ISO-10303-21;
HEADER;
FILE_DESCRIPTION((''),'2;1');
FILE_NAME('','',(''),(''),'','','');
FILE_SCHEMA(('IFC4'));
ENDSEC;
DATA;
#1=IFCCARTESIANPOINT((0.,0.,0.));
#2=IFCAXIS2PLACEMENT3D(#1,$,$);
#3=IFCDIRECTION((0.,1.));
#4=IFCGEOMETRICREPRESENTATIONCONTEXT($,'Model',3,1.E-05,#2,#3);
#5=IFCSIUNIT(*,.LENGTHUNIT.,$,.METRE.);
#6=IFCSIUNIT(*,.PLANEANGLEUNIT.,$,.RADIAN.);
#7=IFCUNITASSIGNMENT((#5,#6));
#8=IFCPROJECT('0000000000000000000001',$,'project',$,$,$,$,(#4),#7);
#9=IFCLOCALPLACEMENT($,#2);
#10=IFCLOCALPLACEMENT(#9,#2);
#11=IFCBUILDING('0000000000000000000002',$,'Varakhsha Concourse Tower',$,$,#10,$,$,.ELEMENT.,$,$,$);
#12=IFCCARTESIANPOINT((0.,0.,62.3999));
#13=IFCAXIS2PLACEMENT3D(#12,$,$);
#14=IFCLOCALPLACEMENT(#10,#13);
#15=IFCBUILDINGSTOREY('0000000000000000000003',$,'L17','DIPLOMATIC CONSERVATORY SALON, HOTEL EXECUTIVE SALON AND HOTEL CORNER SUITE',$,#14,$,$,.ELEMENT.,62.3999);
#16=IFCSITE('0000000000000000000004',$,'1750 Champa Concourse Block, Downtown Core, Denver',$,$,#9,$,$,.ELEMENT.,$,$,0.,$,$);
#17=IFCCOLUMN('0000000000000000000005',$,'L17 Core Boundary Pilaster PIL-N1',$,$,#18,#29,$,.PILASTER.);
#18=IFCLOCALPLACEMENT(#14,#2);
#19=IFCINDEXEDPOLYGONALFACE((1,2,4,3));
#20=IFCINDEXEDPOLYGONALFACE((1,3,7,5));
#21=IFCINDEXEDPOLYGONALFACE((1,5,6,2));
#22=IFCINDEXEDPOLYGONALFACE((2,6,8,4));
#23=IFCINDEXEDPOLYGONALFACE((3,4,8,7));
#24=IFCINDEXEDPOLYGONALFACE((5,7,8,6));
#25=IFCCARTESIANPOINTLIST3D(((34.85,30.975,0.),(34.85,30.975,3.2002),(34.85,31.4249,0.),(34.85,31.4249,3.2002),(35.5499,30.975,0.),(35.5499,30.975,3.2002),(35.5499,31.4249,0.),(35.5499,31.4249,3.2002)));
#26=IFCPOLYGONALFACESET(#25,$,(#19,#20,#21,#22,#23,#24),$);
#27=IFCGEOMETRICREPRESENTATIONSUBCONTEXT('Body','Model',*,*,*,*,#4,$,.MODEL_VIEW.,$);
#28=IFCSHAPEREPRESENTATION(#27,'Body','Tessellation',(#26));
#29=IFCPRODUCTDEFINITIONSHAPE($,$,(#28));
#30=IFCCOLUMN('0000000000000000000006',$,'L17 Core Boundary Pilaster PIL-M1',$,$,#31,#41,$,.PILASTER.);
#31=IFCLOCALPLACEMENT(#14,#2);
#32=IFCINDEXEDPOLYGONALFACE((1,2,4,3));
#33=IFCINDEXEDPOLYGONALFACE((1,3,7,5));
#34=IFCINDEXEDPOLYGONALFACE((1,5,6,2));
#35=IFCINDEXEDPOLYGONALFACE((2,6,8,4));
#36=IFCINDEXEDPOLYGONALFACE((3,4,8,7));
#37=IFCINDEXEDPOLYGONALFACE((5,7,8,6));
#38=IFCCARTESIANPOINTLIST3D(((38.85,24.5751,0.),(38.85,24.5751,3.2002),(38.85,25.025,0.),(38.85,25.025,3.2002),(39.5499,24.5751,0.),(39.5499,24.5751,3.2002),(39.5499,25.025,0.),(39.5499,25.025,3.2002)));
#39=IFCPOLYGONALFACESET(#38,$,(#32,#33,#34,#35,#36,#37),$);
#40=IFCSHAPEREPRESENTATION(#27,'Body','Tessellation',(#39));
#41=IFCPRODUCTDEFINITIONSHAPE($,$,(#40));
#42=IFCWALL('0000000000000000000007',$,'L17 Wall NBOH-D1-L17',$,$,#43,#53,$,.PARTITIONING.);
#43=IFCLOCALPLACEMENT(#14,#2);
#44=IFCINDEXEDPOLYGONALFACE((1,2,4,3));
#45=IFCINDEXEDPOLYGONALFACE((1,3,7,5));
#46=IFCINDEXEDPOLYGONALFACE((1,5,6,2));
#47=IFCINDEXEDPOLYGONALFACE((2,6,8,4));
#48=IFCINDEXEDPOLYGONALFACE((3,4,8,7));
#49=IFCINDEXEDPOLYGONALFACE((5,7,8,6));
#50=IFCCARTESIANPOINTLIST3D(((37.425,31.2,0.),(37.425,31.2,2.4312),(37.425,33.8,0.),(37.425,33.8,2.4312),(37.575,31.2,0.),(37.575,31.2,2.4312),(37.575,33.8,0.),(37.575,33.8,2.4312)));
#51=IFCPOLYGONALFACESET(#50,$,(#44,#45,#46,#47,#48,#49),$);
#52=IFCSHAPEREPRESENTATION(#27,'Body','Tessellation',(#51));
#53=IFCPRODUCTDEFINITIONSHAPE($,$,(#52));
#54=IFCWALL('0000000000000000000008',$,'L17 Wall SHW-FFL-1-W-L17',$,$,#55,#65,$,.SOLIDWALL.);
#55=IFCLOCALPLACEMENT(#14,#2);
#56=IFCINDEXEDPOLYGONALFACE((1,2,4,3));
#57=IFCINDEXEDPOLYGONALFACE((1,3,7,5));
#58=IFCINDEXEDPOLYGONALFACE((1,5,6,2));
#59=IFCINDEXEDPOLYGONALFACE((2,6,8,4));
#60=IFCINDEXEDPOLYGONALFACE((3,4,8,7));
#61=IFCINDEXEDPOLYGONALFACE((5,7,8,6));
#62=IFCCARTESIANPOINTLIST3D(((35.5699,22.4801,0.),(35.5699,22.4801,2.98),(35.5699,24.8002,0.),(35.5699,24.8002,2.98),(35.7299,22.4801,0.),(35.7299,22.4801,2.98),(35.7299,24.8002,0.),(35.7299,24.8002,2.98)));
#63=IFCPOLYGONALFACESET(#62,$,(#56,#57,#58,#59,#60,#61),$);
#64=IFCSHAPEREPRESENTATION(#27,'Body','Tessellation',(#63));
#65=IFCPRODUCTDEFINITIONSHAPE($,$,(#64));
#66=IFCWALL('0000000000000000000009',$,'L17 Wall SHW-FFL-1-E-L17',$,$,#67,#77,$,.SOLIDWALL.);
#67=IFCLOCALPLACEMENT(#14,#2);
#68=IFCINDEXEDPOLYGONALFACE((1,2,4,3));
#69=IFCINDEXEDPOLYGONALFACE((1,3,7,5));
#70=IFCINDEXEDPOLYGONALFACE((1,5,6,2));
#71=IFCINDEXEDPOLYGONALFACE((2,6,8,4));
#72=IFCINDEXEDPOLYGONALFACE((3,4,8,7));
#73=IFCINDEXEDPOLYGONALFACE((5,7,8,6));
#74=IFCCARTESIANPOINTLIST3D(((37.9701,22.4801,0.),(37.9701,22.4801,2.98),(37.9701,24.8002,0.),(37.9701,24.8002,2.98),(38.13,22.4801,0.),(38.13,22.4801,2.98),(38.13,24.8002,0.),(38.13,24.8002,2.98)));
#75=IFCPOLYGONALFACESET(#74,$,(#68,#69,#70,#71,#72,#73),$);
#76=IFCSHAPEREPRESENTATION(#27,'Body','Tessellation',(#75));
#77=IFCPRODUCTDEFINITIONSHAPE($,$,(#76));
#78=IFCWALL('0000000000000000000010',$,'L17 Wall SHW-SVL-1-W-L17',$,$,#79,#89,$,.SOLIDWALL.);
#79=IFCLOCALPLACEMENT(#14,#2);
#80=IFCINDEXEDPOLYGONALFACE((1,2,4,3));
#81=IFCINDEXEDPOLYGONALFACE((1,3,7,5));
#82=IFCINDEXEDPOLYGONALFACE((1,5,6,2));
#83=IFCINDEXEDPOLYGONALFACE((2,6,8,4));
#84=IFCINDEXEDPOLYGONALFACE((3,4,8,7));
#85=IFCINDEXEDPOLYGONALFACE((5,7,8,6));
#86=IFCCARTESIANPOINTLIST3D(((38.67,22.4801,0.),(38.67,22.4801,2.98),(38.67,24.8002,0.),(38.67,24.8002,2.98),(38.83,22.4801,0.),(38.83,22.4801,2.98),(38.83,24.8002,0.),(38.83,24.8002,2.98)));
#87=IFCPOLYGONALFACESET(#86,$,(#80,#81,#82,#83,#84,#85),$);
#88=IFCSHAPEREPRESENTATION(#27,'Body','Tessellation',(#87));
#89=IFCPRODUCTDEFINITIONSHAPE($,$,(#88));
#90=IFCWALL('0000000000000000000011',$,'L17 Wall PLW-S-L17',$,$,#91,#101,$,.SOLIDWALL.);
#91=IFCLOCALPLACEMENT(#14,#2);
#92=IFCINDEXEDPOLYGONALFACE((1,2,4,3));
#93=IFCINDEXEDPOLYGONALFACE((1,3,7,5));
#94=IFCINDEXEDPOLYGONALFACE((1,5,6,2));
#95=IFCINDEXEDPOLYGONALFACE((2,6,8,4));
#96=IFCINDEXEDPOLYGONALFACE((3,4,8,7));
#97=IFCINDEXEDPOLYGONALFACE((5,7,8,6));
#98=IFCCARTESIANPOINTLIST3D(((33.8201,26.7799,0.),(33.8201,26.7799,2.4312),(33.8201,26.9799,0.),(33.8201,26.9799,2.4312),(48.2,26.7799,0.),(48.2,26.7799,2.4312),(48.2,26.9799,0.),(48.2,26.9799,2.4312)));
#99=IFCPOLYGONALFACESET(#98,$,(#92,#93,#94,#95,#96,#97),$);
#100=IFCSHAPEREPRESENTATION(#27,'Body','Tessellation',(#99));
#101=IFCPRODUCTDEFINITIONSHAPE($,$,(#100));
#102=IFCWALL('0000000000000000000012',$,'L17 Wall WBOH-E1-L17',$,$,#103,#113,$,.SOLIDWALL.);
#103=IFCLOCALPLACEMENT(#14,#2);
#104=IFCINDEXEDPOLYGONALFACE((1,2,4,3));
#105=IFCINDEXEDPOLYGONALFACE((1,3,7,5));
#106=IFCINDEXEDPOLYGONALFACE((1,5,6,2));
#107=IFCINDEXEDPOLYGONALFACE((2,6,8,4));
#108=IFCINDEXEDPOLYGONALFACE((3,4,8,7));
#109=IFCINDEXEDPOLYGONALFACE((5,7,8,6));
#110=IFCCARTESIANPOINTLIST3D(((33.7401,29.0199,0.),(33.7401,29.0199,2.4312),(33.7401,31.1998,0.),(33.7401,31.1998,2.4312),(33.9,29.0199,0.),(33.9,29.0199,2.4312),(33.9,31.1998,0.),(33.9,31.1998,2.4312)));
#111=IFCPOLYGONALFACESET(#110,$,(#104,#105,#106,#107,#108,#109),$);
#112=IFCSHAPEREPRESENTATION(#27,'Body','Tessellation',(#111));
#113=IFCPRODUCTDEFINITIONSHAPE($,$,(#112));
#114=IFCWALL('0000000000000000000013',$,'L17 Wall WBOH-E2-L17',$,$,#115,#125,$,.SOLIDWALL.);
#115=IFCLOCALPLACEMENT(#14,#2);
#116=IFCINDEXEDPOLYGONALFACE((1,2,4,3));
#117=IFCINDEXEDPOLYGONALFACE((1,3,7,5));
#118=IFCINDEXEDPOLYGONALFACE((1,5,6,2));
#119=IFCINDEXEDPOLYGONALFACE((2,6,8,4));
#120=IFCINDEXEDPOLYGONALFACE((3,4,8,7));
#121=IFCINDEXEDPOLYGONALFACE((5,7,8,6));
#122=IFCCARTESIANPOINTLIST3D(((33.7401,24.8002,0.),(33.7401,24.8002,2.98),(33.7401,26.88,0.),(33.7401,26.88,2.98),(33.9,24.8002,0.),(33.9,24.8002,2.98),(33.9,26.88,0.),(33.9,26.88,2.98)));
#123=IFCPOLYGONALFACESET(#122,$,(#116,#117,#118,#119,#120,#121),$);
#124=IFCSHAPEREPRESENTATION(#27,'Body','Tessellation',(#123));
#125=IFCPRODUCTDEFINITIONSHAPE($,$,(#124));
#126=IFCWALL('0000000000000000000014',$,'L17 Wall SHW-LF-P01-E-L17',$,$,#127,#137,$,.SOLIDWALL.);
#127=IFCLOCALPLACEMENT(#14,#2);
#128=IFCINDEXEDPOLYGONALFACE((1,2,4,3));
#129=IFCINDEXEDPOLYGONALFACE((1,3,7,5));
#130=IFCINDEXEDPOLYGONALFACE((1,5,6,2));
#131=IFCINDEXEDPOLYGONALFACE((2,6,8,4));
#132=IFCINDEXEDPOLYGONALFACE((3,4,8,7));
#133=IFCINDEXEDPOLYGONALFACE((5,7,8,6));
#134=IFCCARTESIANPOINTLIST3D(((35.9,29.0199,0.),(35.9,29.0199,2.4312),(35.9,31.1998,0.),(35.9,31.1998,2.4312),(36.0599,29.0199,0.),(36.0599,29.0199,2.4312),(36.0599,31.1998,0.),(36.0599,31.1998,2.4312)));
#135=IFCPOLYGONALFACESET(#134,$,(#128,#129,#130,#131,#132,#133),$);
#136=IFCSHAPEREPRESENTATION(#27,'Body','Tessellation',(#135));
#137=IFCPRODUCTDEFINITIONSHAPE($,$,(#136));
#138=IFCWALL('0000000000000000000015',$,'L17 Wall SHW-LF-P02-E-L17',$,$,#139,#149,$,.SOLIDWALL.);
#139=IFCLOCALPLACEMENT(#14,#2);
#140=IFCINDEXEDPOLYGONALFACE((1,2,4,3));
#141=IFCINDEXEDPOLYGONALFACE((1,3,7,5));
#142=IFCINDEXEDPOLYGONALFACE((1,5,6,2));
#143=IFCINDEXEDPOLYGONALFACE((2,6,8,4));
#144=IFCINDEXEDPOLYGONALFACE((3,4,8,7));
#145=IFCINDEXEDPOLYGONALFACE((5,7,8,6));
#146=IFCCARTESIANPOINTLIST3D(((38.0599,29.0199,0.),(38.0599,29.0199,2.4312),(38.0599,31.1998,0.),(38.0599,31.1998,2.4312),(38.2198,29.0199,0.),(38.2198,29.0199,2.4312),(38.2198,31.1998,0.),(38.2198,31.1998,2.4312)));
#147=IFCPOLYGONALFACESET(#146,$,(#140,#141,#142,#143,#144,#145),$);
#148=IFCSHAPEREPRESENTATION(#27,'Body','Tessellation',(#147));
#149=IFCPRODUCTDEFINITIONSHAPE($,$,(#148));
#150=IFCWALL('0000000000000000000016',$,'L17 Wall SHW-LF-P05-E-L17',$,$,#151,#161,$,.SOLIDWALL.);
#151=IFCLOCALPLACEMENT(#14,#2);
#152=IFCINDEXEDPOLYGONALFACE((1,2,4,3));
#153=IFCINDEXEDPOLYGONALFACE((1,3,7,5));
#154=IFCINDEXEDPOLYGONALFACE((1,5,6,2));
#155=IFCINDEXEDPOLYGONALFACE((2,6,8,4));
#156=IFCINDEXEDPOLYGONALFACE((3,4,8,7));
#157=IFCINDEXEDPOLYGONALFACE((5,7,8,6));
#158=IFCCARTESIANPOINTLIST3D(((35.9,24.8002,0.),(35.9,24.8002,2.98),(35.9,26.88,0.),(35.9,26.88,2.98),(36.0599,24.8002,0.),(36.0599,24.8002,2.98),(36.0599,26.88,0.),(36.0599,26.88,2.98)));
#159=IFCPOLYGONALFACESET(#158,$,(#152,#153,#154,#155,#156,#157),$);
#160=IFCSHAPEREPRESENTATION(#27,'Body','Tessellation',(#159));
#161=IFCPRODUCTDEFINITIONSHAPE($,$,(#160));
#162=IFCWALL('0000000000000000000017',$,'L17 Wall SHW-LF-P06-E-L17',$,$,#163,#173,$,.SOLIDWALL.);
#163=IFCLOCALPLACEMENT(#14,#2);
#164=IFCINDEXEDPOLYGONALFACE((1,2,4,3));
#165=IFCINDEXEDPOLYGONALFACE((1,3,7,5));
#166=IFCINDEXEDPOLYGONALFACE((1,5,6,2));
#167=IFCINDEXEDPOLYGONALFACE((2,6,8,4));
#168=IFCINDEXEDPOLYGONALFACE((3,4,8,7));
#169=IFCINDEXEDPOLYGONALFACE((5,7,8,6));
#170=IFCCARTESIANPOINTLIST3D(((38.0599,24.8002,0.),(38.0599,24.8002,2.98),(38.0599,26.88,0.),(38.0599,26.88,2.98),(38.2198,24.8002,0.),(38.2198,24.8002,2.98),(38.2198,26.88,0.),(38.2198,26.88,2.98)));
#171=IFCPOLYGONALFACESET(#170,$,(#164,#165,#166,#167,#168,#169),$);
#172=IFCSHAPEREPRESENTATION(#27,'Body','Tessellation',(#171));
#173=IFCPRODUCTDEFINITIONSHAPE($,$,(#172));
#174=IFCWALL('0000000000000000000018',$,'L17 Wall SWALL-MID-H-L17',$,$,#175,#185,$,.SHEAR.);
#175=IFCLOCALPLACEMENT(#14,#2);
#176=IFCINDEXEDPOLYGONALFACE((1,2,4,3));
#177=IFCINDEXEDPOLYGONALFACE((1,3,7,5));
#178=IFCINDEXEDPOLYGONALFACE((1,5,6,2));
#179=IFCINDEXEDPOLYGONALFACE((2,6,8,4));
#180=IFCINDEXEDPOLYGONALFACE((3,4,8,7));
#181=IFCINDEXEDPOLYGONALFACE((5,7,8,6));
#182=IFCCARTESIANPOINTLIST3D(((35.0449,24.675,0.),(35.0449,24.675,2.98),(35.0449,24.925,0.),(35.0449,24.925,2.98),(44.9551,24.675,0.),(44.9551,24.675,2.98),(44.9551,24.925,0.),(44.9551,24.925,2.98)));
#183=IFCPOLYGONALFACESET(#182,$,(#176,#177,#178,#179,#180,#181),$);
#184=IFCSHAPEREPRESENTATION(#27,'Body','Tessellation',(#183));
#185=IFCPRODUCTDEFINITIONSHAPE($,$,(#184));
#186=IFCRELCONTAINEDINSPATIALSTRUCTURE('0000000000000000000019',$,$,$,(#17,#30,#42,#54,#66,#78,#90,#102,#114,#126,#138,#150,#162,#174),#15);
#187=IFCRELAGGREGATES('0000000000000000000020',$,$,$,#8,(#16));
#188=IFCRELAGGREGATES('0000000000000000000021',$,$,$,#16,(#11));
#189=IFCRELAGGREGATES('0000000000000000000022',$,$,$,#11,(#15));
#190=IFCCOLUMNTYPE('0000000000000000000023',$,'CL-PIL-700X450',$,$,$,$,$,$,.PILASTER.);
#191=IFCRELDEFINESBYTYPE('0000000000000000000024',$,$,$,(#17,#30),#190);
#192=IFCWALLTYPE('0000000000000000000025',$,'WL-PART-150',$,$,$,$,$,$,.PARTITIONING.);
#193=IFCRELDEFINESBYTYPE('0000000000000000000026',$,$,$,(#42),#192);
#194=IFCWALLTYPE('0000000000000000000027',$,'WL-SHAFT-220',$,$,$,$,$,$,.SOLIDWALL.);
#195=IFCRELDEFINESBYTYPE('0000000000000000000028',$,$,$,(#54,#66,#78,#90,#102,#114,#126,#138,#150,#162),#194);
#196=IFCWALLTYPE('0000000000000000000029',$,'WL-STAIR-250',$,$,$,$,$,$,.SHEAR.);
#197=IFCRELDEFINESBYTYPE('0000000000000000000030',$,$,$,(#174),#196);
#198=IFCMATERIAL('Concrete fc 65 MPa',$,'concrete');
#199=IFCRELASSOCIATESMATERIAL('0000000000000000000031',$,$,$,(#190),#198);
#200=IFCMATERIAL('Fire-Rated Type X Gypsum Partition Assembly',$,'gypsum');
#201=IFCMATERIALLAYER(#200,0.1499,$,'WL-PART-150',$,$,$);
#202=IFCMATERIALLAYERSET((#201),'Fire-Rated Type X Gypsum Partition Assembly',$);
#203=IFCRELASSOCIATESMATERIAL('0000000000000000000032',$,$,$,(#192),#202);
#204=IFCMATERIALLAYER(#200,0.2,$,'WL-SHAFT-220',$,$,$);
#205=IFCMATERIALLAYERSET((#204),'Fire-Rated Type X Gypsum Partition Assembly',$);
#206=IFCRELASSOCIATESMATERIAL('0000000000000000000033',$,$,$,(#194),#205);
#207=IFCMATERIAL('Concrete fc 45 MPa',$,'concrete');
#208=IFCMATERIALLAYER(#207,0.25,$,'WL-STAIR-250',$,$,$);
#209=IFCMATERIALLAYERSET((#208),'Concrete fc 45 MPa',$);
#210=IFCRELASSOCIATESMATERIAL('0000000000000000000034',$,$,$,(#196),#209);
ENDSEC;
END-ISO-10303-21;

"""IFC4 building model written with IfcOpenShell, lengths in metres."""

from ifc_helpers import new_model, si_unit, direction, frame, frame_2d, origin, origin_2d, place, context, subcontext, project, spatial, rectangle, extrude, material, layer, layer_set, material_profile, profile_set, type_object, element, save


model = new_model("IFC4")

# Units and contexts
model_context = context("Model", 3, precision=1e-05, world=origin(), true_north=direction((0.0, 1.0)))
body_context = subcontext(model_context, "Body", "Model", "MODEL_VIEW")
ifc_project = project(units=[si_unit("LENGTHUNIT", "METRE"), si_unit("PLANEANGLEUNIT", "RADIAN")], contexts=[model_context])

# Site, building, storey
site_placement = place(None, origin())
site = spatial("IfcSite", under=ifc_project, at=site_placement, Name="1750 Champa Concourse Block, Downtown Core, Denver", CompositionType="ELEMENT", RefElevation=0.0)
building_placement = place(site_placement, origin())
building = spatial("IfcBuilding", under=site, at=building_placement, Name="Varakhsha Concourse Tower", CompositionType="ELEMENT")
storey_placement = place(building_placement, frame((0.0, 0.0, 62.3999)))
storey = spatial("IfcBuildingStorey", under=building, at=storey_placement, Name="L17", Description="DIPLOMATIC CONSERVATORY SALON, HOTEL EXECUTIVE SALON AND HOTEL CORNER SUITE", CompositionType="ELEMENT", Elevation=62.3999)

# Columns
ifc_material_1 = material(Name="Concrete fc 65 MPa", Category="concrete")
ifc_material_profile = material_profile(ifc_material_1, rectangle(XDim=0.7, YDim=0.45, at=origin_2d()), Name="RC 700x450")
ifc_profile_set = profile_set([ifc_material_profile], Name="Concrete fc 65 MPa")
column_type = type_object("IfcColumnType", Name="CL-PIL-700X450", PredefinedType="PILASTER", material=ifc_profile_set)
for number, where, z_axis, x_axis, name in (
    (1, (35.2, 31.2, 0.0), (0.0, 0.0, 1.0), (1.0, 0.0, 0.0), "L17 Core Boundary Pilaster PIL-N1"),
    (2, (39.2, 24.8, 0.0), (0.0, 0.0, 1.0), (1.0, 0.0, 0.0), "L17 Core Boundary Pilaster PIL-M1"),
):
    element("IfcColumn", number, at=place(storey_placement, frame(where, z_axis=z_axis, x_axis=x_axis)), inside=storey, type_object=column_type, Name=name, PredefinedType="PILASTER", context=body_context, shape_type="SweptSolid", body=[
        extrude(rectangle(XDim=0.7, YDim=0.45, at=origin_2d()), origin(), (0.0, 0.0, 1.0), 3.2002),
    ])

# Wall
ifc_material_2 = material(Name="Fire-Rated Type X Gypsum Partition Assembly", Category="gypsum")
ifc_layer_1 = layer(ifc_material_2, 0.1499, Name="WL-PART-150")
ifc_layer_set_1 = layer_set([ifc_layer_1], Name="Fire-Rated Type X Gypsum Partition Assembly")
wall_type_1 = type_object("IfcWallType", Name="WL-PART-150", PredefinedType="PARTITIONING", material=ifc_layer_set_1)
wall_1_placement = place(storey_placement, frame((37.5, 31.2, 0.0), z_axis=(0.0, 0.0, 1.0), x_axis=(0.0, 1.0, 0.0)))
element("IfcWall", 3, at=wall_1_placement, inside=storey, type_object=wall_type_1, Name="L17 Wall NBOH-D1-L17", PredefinedType="PARTITIONING", context=body_context, shape_type="SweptSolid", body=[
    extrude(rectangle(XDim=2.6001, YDim=0.1499, at=frame_2d((1.3, 0.0))), origin(), (0.0, 0.0, 1.0), 2.4312),
])

# Shared definitions
ifc_layer_2 = layer(ifc_material_2, 0.2, Name="WL-SHAFT-220")
ifc_layer_set_2 = layer_set([ifc_layer_2], Name="Fire-Rated Type X Gypsum Partition Assembly")
wall_type_2 = type_object("IfcWallType", Name="WL-SHAFT-220", PredefinedType="SOLIDWALL", material=ifc_layer_set_2)

# Walls
for number, where, z_axis, x_axis, name in (
    (4, (35.6499, 22.48, 0.0), (0.0, 0.0, 1.0), (0.0, 1.0, 0.0), "L17 Wall SHW-FFL-1-W-L17"),
    (5, (38.05, 22.48, 0.0), (0.0, 0.0, 1.0), (0.0, 1.0, 0.0), "L17 Wall SHW-FFL-1-E-L17"),
    (6, (38.75, 22.48, 0.0), (0.0, 0.0, 1.0), (0.0, 1.0, 0.0), "L17 Wall SHW-SVL-1-W-L17"),
):
    element("IfcWall", number, at=place(storey_placement, frame(where, z_axis=z_axis, x_axis=x_axis)), inside=storey, type_object=wall_type_2, Name=name, PredefinedType="SOLIDWALL", context=body_context, shape_type="SweptSolid", body=[
        extrude(rectangle(XDim=2.3201, YDim=0.1599, at=frame_2d((1.1602, 0.0))), origin(), (0.0, 0.0, 1.0), 2.98),
    ])
wall_2_placement = place(storey_placement, frame((33.8201, 26.8799, 0.0), z_axis=(0.0, 0.0, 1.0), x_axis=(1.0, 0.0, 0.0)))
element("IfcWall", 7, at=wall_2_placement, inside=storey, type_object=wall_type_2, Name="L17 Wall PLW-S-L17", PredefinedType="SOLIDWALL", context=body_context, shape_type="SweptSolid", body=[
    extrude(rectangle(XDim=14.3799, YDim=0.2, at=frame_2d((7.1899, 0.0))), origin(), (0.0, 0.0, 1.0), 2.4312),
])
wall_3_placement = place(storey_placement, frame((33.8201, 29.02, 0.0), z_axis=(0.0, 0.0, 1.0), x_axis=(0.0, 1.0, 0.0)))
element("IfcWall", 8, at=wall_3_placement, inside=storey, type_object=wall_type_2, Name="L17 Wall WBOH-E1-L17", PredefinedType="SOLIDWALL", context=body_context, shape_type="SweptSolid", body=[
    extrude(rectangle(XDim=2.1799, YDim=0.1599, at=frame_2d((1.0898, 0.0))), origin(), (0.0, 0.0, 1.0), 2.4312),
])
wall_4_placement = place(storey_placement, frame((33.8201, 24.8, 0.0), z_axis=(0.0, 0.0, 1.0), x_axis=(0.0, 1.0, 0.0)))
element("IfcWall", 9, at=wall_4_placement, inside=storey, type_object=wall_type_2, Name="L17 Wall WBOH-E2-L17", PredefinedType="SOLIDWALL", context=body_context, shape_type="SweptSolid", body=[
    extrude(rectangle(XDim=2.0798, YDim=0.1599, at=frame_2d((1.04, 0.0))), origin(), (0.0, 0.0, 1.0), 2.98),
])
for number, where, z_axis, x_axis, name in (
    (10, (35.98, 29.02, 0.0), (0.0, 0.0, 1.0), (0.0, 1.0, 0.0), "L17 Wall SHW-LF-P01-E-L17"),
    (11, (38.1399, 29.02, 0.0), (0.0, 0.0, 1.0), (0.0, 1.0, 0.0), "L17 Wall SHW-LF-P02-E-L17"),
):
    element("IfcWall", number, at=place(storey_placement, frame(where, z_axis=z_axis, x_axis=x_axis)), inside=storey, type_object=wall_type_2, Name=name, PredefinedType="SOLIDWALL", context=body_context, shape_type="SweptSolid", body=[
        extrude(rectangle(XDim=2.1799, YDim=0.1599, at=frame_2d((1.0898, 0.0))), origin(), (0.0, 0.0, 1.0), 2.4312),
    ])
for number, where, z_axis, x_axis, name in (
    (12, (35.98, 24.8, 0.0), (0.0, 0.0, 1.0), (0.0, 1.0, 0.0), "L17 Wall SHW-LF-P05-E-L17"),
    (13, (38.1399, 24.8, 0.0), (0.0, 0.0, 1.0), (0.0, 1.0, 0.0), "L17 Wall SHW-LF-P06-E-L17"),
):
    element("IfcWall", number, at=place(storey_placement, frame(where, z_axis=z_axis, x_axis=x_axis)), inside=storey, type_object=wall_type_2, Name=name, PredefinedType="SOLIDWALL", context=body_context, shape_type="SweptSolid", body=[
        extrude(rectangle(XDim=2.0798, YDim=0.1599, at=frame_2d((1.04, 0.0))), origin(), (0.0, 0.0, 1.0), 2.98),
    ])
ifc_material_3 = material(Name="Concrete fc 45 MPa", Category="concrete")
ifc_layer_3 = layer(ifc_material_3, 0.25, Name="WL-STAIR-250")
ifc_layer_set_3 = layer_set([ifc_layer_3], Name="Concrete fc 45 MPa")
wall_type_3 = type_object("IfcWallType", Name="WL-STAIR-250", PredefinedType="SHEAR", material=ifc_layer_set_3)
wall_5_placement = place(storey_placement, frame((35.0449, 24.8, 0.0), z_axis=(0.0, 0.0, 1.0), x_axis=(1.0, 0.0, 0.0)))
element("IfcWall", 14, at=wall_5_placement, inside=storey, type_object=wall_type_3, Name="L17 Wall SWALL-MID-H-L17", PredefinedType="SHEAR", context=body_context, shape_type="SweptSolid", body=[
    extrude(rectangle(XDim=9.9102, YDim=0.25, at=frame_2d((4.9551, 0.0))), origin(), (0.0, 0.0, 1.0), 2.98),
])

save(model, "model.ifc")
